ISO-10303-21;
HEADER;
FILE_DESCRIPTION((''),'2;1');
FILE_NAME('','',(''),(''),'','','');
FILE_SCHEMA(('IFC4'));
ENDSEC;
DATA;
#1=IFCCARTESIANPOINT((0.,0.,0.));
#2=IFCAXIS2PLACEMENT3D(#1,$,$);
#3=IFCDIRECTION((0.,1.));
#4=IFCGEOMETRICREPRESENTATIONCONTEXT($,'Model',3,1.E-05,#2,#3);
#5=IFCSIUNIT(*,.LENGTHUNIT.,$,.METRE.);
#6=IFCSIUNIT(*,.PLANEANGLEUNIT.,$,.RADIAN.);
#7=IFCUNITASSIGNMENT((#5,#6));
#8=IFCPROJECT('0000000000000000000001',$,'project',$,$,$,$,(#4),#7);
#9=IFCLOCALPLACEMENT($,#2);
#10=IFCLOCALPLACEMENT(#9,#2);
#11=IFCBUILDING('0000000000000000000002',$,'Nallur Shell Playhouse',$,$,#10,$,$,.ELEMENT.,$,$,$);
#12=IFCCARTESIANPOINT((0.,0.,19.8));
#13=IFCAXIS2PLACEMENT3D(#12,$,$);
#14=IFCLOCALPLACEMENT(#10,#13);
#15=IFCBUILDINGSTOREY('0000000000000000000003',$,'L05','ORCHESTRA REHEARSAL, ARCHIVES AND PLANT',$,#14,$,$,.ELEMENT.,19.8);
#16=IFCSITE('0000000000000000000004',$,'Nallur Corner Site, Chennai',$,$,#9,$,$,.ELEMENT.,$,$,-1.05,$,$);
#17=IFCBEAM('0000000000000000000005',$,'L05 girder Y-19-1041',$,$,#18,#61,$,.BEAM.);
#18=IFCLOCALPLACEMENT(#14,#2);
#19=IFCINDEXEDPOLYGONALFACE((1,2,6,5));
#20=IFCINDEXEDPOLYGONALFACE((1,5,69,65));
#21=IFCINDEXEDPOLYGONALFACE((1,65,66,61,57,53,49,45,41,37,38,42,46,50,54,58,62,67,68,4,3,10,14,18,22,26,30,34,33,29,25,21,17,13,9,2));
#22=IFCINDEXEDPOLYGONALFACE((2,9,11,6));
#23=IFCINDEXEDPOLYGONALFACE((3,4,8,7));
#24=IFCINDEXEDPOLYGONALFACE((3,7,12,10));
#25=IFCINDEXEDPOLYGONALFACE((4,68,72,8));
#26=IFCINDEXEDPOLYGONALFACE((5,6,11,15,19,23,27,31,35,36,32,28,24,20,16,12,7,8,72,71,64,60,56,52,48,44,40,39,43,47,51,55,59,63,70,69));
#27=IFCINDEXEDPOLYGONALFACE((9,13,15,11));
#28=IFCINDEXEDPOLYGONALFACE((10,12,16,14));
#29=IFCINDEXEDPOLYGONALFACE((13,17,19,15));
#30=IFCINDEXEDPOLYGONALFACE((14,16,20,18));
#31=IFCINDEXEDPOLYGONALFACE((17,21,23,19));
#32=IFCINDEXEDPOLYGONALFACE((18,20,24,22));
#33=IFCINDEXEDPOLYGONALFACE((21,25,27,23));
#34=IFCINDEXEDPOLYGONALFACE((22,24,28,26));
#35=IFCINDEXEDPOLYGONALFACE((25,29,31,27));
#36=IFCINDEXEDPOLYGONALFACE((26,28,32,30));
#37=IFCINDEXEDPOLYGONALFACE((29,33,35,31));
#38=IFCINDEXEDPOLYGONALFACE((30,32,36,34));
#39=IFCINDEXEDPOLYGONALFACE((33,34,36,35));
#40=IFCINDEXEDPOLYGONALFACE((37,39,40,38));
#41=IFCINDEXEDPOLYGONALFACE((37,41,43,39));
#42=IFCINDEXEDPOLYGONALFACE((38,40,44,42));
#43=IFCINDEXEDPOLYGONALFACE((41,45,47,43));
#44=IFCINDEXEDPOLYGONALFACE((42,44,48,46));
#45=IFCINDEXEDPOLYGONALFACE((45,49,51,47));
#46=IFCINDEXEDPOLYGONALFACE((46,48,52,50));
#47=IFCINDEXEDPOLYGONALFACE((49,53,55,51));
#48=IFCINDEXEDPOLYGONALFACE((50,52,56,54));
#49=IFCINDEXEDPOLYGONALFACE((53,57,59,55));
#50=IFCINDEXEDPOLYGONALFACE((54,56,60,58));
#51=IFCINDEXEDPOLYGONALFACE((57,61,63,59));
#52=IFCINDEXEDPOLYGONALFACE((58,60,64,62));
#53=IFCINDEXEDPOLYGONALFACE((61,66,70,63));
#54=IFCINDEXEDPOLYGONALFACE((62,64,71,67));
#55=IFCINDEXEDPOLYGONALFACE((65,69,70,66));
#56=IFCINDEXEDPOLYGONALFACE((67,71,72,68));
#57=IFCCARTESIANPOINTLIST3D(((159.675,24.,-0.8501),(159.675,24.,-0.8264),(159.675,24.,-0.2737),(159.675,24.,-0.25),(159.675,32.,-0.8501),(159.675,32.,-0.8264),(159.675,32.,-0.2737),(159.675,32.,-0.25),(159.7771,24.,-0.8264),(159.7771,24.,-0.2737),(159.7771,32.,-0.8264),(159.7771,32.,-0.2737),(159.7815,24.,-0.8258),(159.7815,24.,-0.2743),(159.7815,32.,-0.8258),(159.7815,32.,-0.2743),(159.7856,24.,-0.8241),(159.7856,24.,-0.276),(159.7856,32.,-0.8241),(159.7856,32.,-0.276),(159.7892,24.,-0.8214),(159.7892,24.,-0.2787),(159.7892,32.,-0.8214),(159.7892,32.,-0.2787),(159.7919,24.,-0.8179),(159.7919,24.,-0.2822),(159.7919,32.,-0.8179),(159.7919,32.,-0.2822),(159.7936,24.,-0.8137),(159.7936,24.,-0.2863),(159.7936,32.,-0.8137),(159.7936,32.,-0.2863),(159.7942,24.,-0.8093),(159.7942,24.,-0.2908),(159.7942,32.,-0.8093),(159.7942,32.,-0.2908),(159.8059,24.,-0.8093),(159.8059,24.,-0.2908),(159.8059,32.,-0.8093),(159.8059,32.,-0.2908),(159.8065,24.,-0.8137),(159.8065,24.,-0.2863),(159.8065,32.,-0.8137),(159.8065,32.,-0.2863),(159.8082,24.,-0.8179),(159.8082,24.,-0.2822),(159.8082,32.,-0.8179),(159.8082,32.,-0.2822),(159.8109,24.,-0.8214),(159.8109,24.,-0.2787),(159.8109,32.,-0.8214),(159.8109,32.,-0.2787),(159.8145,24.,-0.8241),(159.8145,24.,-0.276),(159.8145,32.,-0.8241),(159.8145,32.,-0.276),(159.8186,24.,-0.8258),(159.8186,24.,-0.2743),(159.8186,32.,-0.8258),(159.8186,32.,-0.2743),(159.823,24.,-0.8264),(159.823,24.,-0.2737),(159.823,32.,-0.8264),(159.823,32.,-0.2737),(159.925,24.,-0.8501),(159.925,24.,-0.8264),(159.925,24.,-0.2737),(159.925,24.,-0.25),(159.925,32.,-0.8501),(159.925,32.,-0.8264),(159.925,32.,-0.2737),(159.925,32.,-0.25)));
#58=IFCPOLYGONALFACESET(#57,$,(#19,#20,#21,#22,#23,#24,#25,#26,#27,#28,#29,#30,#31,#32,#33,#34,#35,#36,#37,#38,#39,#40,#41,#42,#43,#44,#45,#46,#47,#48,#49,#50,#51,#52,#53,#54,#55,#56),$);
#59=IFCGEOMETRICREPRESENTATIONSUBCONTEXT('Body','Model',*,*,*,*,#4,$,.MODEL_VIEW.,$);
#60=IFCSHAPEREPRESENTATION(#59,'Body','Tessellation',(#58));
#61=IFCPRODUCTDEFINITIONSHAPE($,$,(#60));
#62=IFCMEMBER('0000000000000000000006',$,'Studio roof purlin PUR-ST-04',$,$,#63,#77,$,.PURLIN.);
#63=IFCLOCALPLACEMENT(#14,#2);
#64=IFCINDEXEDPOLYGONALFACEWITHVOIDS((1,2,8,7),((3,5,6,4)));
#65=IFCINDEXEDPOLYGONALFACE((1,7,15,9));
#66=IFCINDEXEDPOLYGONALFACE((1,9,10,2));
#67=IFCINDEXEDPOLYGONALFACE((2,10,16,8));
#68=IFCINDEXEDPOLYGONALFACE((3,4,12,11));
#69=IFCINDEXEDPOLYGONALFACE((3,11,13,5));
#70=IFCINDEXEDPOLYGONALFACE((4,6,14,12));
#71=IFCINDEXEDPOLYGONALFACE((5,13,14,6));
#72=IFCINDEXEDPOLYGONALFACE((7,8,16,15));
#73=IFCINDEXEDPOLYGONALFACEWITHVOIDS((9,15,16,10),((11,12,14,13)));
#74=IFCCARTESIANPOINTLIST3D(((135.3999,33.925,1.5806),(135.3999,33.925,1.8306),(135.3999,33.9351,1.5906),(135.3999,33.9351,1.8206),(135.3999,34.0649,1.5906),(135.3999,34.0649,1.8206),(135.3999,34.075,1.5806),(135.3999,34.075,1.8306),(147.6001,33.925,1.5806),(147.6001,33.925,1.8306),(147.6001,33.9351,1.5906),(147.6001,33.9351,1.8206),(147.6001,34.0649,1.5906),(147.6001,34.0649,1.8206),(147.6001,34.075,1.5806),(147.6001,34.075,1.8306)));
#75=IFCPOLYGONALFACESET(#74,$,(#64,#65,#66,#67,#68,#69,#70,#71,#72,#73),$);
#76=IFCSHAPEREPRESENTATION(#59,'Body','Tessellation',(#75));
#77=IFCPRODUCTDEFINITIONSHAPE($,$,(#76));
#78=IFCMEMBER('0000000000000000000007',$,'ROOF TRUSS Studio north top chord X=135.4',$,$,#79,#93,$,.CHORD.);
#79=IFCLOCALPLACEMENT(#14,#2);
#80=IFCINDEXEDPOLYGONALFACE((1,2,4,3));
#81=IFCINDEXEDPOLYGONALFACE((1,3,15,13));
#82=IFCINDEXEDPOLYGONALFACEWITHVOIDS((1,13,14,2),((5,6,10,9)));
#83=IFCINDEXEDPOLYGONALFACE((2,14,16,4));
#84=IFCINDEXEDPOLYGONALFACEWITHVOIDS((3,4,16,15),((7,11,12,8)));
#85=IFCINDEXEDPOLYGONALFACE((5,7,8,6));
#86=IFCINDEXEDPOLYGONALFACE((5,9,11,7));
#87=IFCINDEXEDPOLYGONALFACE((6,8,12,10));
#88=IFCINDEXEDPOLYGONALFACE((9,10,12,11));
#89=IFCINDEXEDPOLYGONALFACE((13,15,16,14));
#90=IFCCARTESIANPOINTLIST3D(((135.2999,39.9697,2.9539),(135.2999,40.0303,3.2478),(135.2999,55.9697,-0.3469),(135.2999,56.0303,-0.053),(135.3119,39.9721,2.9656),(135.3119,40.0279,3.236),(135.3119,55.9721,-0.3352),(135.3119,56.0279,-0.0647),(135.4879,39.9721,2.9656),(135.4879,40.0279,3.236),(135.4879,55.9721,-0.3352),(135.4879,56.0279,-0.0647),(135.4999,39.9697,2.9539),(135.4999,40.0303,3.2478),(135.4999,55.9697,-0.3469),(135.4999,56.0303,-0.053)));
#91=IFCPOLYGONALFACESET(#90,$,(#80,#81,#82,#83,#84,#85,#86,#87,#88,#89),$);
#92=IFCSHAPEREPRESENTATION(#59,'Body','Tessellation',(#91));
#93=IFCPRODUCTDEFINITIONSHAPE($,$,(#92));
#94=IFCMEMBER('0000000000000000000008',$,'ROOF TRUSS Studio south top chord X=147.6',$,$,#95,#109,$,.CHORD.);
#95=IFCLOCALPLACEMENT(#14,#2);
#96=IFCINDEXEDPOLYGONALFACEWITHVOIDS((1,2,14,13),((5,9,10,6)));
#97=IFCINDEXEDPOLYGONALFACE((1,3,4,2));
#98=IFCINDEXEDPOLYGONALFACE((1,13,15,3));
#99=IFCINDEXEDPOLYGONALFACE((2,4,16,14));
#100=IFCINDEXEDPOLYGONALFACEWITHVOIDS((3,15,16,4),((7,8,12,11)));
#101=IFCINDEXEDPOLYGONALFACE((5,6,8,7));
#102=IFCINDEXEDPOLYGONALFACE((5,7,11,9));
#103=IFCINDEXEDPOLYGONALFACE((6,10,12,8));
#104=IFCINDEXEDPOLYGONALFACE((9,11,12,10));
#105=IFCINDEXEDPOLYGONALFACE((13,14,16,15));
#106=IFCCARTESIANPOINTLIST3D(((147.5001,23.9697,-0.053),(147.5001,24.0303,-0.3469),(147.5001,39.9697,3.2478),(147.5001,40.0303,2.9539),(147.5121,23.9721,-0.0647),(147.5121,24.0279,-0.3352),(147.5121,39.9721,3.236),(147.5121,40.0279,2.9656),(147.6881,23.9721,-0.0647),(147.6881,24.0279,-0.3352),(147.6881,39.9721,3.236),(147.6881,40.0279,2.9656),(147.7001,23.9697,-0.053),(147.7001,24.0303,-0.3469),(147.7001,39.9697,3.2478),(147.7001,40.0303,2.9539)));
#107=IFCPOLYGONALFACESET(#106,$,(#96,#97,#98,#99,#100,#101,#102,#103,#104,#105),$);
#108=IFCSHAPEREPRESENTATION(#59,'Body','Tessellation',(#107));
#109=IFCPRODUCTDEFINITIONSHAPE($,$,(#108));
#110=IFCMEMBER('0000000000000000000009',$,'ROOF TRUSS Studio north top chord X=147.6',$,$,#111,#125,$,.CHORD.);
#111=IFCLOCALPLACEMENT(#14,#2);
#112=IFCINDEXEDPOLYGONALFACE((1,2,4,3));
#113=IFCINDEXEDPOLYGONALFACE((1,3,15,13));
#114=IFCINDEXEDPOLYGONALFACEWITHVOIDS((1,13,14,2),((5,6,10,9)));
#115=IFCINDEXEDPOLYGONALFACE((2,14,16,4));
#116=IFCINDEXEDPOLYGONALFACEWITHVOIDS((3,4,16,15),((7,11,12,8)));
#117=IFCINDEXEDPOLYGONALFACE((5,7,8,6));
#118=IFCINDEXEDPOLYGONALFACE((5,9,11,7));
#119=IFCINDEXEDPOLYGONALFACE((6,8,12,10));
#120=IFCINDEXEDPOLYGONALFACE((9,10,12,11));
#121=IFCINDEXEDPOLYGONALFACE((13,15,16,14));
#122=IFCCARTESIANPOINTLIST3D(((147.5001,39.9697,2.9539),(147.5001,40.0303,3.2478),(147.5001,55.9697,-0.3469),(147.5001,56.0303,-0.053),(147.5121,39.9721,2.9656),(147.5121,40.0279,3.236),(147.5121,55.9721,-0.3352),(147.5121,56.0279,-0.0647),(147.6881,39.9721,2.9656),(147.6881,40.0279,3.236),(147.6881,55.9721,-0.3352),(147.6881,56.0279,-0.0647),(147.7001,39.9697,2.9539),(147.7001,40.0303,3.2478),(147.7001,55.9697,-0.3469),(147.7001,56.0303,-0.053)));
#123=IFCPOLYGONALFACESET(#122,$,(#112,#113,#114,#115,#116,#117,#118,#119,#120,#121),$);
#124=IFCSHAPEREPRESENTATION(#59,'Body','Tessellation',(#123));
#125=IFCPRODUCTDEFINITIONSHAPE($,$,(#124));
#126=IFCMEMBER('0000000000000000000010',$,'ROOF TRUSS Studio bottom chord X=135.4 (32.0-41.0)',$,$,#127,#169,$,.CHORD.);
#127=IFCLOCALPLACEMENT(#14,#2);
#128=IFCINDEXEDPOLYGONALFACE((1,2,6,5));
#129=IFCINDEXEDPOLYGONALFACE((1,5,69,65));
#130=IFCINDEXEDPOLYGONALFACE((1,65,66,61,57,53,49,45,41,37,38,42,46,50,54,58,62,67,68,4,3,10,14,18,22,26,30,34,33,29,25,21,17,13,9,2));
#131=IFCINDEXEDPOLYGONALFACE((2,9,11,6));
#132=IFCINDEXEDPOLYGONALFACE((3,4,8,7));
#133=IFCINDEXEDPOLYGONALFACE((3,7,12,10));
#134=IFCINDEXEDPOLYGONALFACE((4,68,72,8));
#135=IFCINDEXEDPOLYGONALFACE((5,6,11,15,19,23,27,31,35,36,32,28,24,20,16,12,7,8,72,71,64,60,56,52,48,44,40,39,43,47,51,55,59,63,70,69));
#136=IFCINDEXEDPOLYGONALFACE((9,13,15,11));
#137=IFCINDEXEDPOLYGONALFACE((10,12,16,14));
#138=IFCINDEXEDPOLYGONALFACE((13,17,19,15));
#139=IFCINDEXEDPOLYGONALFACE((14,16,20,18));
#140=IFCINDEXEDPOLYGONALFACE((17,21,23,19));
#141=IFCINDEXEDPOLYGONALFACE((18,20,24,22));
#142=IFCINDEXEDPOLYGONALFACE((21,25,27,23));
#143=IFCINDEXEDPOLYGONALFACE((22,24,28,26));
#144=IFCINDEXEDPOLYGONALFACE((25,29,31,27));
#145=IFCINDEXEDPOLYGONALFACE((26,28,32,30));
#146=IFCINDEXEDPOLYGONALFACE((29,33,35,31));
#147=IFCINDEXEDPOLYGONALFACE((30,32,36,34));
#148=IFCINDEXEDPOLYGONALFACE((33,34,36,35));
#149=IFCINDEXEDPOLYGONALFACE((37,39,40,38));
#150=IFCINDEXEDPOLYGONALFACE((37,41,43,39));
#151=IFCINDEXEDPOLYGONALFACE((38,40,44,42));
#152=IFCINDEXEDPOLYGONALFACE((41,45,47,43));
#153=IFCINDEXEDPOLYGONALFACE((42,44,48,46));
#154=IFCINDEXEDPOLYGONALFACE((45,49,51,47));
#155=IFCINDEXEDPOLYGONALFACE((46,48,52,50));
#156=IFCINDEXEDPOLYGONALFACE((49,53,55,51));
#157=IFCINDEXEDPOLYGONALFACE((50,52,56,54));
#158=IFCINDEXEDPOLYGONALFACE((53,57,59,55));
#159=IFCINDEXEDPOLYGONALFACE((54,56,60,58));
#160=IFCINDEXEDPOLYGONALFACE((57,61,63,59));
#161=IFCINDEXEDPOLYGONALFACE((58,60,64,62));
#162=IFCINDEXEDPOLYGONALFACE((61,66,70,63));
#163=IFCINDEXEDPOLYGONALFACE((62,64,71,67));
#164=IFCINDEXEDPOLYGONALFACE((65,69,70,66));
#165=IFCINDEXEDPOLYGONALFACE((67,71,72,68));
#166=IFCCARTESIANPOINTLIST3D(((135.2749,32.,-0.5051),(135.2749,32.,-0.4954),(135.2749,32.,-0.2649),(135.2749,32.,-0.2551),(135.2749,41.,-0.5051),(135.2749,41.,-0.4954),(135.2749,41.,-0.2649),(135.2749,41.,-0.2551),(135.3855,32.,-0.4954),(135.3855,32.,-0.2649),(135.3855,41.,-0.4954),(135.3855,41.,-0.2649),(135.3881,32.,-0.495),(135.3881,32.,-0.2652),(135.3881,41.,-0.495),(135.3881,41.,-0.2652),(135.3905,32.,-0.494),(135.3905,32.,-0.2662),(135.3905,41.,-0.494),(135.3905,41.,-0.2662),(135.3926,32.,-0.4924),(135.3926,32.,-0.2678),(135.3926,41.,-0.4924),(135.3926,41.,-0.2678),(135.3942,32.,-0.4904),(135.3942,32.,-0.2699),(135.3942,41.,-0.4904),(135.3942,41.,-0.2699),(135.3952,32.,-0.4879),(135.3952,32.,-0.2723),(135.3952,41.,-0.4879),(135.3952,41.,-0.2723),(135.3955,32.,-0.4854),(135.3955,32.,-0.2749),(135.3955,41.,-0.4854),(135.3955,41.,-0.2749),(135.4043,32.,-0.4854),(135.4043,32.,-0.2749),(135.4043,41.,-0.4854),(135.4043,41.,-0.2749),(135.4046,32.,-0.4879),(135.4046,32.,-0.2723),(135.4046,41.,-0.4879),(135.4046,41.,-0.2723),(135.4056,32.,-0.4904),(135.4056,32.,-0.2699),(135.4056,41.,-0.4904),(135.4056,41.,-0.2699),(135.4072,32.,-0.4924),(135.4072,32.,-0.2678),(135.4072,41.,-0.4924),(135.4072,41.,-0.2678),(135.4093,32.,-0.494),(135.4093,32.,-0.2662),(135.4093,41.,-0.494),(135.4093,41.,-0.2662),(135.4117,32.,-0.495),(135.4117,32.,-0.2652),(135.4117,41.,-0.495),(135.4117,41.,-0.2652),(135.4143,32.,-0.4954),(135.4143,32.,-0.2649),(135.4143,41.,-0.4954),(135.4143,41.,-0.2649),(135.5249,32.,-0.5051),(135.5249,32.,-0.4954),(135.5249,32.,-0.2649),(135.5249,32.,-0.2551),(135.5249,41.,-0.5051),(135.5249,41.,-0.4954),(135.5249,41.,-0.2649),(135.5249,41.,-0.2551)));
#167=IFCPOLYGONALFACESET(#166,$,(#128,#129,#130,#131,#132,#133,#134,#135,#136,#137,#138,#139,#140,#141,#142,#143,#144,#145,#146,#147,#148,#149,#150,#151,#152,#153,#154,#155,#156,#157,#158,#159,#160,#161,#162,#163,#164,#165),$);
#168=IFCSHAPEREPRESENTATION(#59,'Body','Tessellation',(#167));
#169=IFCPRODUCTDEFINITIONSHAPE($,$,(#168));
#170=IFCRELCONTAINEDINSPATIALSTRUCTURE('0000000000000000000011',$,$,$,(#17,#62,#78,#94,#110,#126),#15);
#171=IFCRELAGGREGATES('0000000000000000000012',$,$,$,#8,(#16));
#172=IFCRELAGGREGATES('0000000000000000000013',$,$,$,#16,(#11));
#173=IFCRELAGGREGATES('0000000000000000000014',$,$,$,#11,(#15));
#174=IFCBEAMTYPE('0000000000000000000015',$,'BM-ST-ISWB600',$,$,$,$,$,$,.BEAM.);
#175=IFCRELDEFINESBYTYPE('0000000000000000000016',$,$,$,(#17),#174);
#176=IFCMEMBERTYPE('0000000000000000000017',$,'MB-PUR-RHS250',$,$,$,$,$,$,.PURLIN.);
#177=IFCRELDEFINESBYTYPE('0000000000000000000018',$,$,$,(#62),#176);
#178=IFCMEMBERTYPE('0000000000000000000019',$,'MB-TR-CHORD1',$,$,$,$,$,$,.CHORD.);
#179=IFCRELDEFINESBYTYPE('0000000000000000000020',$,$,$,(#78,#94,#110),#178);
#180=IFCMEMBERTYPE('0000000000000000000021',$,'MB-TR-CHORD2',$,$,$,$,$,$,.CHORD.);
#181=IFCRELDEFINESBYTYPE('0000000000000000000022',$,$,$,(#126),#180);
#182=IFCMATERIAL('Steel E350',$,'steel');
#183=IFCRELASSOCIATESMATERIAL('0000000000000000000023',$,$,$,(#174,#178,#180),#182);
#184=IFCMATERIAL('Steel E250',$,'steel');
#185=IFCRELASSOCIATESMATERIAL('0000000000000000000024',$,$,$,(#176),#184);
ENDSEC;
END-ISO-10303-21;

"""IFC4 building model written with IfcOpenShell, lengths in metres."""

from ifc_helpers import new_model, si_unit, direction, frame, origin, origin_2d, place, context, subcontext, project, spatial, hollow_rectangle, i_section, extrude, material, material_profile, profile_set, type_object, element, save


model = new_model("IFC4")

# Units and contexts
model_context = context("Model", 3, precision=1e-05, world=origin(), true_north=direction((0.0, 1.0)))
body_context = subcontext(model_context, "Body", "Model", "MODEL_VIEW")
ifc_project = project(units=[si_unit("LENGTHUNIT", "METRE"), si_unit("PLANEANGLEUNIT", "RADIAN")], contexts=[model_context])

# Site, building, storey
site_placement = place(None, origin())
site = spatial("IfcSite", under=ifc_project, at=site_placement, Name="Nallur Corner Site, Chennai", CompositionType="ELEMENT", RefElevation=-1.05)
building_placement = place(site_placement, origin())
building = spatial("IfcBuilding", under=site, at=building_placement, Name="Nallur Shell Playhouse", CompositionType="ELEMENT")
storey_placement = place(building_placement, frame((0.0, 0.0, 19.8)))
storey = spatial("IfcBuildingStorey", under=building, at=storey_placement, Name="L05", Description="ORCHESTRA REHEARSAL, ARCHIVES AND PLANT", CompositionType="ELEMENT", Elevation=19.8)

# Beam
ifc_material_1 = material(Name="Steel E250", Category="steel")
ifc_material_2 = material(Name="Steel E350", Category="steel")
ifc_material_profile_1 = material_profile(ifc_material_2, i_section(OverallWidth=0.25, OverallDepth=0.6001, WebThickness=0.0117, FlangeThickness=0.0237, FilletRadius=0.0171, at=origin_2d()), Name="ISWB 600")
ifc_profile_set_1 = profile_set([ifc_material_profile_1], Name="Steel E350")
beam_type_1 = type_object("IfcBeamType", Name="BM-ST-ISWB600", PredefinedType="BEAM", material=ifc_profile_set_1)
beam_1_placement = place(storey_placement, frame((159.8, 24.0, -0.55), z_axis=(0.0, 1.0, 0.0), x_axis=(-1.0, 0.0, 0.0)))
element("IfcBeam", 1, at=beam_1_placement, inside=storey, type_object=beam_type_1, Name="L05 girder Y-19-1041", PredefinedType="BEAM", context=body_context, shape_type="SweptSolid", body=[
    extrude(i_section(OverallWidth=0.25, OverallDepth=0.6001, WebThickness=0.0117, FlangeThickness=0.0237, FilletRadius=0.0171, at=origin_2d()), origin(), (0.0, 0.0, 1.0), 8.0),
])

# Members
ifc_material_profile_2 = material_profile(ifc_material_1, hollow_rectangle(XDim=0.1499, YDim=0.25, WallThickness=0.01, at=origin_2d()), Name="RHS 250x150x10")
ifc_profile_set_2 = profile_set([ifc_material_profile_2], Name="Steel E250")
member_type_1 = type_object("IfcMemberType", Name="MB-PUR-RHS250", PredefinedType="PURLIN", material=ifc_profile_set_2)
member_1_placement = place(storey_placement, frame((135.3999, 34.0, 1.7056), z_axis=(1.0, 0.0, 0.0), x_axis=(0.0, 1.0, 0.0)))
element("IfcMember", 2, at=member_1_placement, inside=storey, type_object=member_type_1, Name="Studio roof purlin PUR-ST-04", PredefinedType="PURLIN", context=body_context, shape_type="SweptSolid", body=[
    extrude(hollow_rectangle(XDim=0.1499, YDim=0.25, WallThickness=0.01, at=origin_2d()), origin(), (0.0, 0.0, 1.0), 12.2002),
])
ifc_material_profile_3 = material_profile(ifc_material_2, hollow_rectangle(XDim=0.2, YDim=0.3, WallThickness=0.012, at=origin_2d()), Name="RHS 300x200x12")
ifc_profile_set_3 = profile_set([ifc_material_profile_3], Name="Steel E350")
member_type_2 = type_object("IfcMemberType", Name="MB-TR-CHORD1", PredefinedType="CHORD", material=ifc_profile_set_3)
for number, where, z_axis, x_axis, name in (
    (3, (135.3999, 40.0, 3.1008), (0.0, 0.979376, -0.202044), (-1.0, 0.0, 0.0), "ROOF TRUSS Studio north top chord X=135.4"),
    (4, (147.6001, 24.0, -0.2), (0.0, 0.979376, 0.202044), (-1.0, 0.0, 0.0), "ROOF TRUSS Studio south top chord X=147.6"),
    (5, (147.6001, 40.0, 3.1008), (0.0, 0.979376, -0.202044), (-1.0, 0.0, 0.0), "ROOF TRUSS Studio north top chord X=147.6"),
):
    element("IfcMember", number, at=place(storey_placement, frame(where, z_axis=z_axis, x_axis=x_axis)), inside=storey, type_object=member_type_2, Name=name, PredefinedType="CHORD", context=body_context, shape_type="SweptSolid", body=[
        extrude(hollow_rectangle(XDim=0.2, YDim=0.3, WallThickness=0.012, at=origin_2d()), origin(), (0.0, 0.0, 1.0), 16.3369),
    ])
ifc_material_profile_4 = material_profile(ifc_material_2, i_section(OverallWidth=0.25, OverallDepth=0.25, WebThickness=0.0088, FlangeThickness=0.0098, FilletRadius=0.01, at=origin_2d()), Name="ISHB 250")
ifc_profile_set_4 = profile_set([ifc_material_profile_4], Name="Steel E350")
member_type_3 = type_object("IfcMemberType", Name="MB-TR-CHORD2", PredefinedType="CHORD", material=ifc_profile_set_4)
member_2_placement = place(storey_placement, frame((135.3999, 32.0, -0.3801), z_axis=(0.0, 1.0, 0.0), x_axis=(-1.0, 0.0, 0.0)))
element("IfcMember", 6, at=member_2_placement, inside=storey, type_object=member_type_3, Name="ROOF TRUSS Studio bottom chord X=135.4 (32.0-41.0)", PredefinedType="CHORD", context=body_context, shape_type="SweptSolid", body=[
    extrude(i_section(OverallWidth=0.25, OverallDepth=0.25, WebThickness=0.0088, FlangeThickness=0.0098, FilletRadius=0.01, at=origin_2d()), origin(), (0.0, 0.0, 1.0), 9.0),
])

save(model, "model.ifc")
